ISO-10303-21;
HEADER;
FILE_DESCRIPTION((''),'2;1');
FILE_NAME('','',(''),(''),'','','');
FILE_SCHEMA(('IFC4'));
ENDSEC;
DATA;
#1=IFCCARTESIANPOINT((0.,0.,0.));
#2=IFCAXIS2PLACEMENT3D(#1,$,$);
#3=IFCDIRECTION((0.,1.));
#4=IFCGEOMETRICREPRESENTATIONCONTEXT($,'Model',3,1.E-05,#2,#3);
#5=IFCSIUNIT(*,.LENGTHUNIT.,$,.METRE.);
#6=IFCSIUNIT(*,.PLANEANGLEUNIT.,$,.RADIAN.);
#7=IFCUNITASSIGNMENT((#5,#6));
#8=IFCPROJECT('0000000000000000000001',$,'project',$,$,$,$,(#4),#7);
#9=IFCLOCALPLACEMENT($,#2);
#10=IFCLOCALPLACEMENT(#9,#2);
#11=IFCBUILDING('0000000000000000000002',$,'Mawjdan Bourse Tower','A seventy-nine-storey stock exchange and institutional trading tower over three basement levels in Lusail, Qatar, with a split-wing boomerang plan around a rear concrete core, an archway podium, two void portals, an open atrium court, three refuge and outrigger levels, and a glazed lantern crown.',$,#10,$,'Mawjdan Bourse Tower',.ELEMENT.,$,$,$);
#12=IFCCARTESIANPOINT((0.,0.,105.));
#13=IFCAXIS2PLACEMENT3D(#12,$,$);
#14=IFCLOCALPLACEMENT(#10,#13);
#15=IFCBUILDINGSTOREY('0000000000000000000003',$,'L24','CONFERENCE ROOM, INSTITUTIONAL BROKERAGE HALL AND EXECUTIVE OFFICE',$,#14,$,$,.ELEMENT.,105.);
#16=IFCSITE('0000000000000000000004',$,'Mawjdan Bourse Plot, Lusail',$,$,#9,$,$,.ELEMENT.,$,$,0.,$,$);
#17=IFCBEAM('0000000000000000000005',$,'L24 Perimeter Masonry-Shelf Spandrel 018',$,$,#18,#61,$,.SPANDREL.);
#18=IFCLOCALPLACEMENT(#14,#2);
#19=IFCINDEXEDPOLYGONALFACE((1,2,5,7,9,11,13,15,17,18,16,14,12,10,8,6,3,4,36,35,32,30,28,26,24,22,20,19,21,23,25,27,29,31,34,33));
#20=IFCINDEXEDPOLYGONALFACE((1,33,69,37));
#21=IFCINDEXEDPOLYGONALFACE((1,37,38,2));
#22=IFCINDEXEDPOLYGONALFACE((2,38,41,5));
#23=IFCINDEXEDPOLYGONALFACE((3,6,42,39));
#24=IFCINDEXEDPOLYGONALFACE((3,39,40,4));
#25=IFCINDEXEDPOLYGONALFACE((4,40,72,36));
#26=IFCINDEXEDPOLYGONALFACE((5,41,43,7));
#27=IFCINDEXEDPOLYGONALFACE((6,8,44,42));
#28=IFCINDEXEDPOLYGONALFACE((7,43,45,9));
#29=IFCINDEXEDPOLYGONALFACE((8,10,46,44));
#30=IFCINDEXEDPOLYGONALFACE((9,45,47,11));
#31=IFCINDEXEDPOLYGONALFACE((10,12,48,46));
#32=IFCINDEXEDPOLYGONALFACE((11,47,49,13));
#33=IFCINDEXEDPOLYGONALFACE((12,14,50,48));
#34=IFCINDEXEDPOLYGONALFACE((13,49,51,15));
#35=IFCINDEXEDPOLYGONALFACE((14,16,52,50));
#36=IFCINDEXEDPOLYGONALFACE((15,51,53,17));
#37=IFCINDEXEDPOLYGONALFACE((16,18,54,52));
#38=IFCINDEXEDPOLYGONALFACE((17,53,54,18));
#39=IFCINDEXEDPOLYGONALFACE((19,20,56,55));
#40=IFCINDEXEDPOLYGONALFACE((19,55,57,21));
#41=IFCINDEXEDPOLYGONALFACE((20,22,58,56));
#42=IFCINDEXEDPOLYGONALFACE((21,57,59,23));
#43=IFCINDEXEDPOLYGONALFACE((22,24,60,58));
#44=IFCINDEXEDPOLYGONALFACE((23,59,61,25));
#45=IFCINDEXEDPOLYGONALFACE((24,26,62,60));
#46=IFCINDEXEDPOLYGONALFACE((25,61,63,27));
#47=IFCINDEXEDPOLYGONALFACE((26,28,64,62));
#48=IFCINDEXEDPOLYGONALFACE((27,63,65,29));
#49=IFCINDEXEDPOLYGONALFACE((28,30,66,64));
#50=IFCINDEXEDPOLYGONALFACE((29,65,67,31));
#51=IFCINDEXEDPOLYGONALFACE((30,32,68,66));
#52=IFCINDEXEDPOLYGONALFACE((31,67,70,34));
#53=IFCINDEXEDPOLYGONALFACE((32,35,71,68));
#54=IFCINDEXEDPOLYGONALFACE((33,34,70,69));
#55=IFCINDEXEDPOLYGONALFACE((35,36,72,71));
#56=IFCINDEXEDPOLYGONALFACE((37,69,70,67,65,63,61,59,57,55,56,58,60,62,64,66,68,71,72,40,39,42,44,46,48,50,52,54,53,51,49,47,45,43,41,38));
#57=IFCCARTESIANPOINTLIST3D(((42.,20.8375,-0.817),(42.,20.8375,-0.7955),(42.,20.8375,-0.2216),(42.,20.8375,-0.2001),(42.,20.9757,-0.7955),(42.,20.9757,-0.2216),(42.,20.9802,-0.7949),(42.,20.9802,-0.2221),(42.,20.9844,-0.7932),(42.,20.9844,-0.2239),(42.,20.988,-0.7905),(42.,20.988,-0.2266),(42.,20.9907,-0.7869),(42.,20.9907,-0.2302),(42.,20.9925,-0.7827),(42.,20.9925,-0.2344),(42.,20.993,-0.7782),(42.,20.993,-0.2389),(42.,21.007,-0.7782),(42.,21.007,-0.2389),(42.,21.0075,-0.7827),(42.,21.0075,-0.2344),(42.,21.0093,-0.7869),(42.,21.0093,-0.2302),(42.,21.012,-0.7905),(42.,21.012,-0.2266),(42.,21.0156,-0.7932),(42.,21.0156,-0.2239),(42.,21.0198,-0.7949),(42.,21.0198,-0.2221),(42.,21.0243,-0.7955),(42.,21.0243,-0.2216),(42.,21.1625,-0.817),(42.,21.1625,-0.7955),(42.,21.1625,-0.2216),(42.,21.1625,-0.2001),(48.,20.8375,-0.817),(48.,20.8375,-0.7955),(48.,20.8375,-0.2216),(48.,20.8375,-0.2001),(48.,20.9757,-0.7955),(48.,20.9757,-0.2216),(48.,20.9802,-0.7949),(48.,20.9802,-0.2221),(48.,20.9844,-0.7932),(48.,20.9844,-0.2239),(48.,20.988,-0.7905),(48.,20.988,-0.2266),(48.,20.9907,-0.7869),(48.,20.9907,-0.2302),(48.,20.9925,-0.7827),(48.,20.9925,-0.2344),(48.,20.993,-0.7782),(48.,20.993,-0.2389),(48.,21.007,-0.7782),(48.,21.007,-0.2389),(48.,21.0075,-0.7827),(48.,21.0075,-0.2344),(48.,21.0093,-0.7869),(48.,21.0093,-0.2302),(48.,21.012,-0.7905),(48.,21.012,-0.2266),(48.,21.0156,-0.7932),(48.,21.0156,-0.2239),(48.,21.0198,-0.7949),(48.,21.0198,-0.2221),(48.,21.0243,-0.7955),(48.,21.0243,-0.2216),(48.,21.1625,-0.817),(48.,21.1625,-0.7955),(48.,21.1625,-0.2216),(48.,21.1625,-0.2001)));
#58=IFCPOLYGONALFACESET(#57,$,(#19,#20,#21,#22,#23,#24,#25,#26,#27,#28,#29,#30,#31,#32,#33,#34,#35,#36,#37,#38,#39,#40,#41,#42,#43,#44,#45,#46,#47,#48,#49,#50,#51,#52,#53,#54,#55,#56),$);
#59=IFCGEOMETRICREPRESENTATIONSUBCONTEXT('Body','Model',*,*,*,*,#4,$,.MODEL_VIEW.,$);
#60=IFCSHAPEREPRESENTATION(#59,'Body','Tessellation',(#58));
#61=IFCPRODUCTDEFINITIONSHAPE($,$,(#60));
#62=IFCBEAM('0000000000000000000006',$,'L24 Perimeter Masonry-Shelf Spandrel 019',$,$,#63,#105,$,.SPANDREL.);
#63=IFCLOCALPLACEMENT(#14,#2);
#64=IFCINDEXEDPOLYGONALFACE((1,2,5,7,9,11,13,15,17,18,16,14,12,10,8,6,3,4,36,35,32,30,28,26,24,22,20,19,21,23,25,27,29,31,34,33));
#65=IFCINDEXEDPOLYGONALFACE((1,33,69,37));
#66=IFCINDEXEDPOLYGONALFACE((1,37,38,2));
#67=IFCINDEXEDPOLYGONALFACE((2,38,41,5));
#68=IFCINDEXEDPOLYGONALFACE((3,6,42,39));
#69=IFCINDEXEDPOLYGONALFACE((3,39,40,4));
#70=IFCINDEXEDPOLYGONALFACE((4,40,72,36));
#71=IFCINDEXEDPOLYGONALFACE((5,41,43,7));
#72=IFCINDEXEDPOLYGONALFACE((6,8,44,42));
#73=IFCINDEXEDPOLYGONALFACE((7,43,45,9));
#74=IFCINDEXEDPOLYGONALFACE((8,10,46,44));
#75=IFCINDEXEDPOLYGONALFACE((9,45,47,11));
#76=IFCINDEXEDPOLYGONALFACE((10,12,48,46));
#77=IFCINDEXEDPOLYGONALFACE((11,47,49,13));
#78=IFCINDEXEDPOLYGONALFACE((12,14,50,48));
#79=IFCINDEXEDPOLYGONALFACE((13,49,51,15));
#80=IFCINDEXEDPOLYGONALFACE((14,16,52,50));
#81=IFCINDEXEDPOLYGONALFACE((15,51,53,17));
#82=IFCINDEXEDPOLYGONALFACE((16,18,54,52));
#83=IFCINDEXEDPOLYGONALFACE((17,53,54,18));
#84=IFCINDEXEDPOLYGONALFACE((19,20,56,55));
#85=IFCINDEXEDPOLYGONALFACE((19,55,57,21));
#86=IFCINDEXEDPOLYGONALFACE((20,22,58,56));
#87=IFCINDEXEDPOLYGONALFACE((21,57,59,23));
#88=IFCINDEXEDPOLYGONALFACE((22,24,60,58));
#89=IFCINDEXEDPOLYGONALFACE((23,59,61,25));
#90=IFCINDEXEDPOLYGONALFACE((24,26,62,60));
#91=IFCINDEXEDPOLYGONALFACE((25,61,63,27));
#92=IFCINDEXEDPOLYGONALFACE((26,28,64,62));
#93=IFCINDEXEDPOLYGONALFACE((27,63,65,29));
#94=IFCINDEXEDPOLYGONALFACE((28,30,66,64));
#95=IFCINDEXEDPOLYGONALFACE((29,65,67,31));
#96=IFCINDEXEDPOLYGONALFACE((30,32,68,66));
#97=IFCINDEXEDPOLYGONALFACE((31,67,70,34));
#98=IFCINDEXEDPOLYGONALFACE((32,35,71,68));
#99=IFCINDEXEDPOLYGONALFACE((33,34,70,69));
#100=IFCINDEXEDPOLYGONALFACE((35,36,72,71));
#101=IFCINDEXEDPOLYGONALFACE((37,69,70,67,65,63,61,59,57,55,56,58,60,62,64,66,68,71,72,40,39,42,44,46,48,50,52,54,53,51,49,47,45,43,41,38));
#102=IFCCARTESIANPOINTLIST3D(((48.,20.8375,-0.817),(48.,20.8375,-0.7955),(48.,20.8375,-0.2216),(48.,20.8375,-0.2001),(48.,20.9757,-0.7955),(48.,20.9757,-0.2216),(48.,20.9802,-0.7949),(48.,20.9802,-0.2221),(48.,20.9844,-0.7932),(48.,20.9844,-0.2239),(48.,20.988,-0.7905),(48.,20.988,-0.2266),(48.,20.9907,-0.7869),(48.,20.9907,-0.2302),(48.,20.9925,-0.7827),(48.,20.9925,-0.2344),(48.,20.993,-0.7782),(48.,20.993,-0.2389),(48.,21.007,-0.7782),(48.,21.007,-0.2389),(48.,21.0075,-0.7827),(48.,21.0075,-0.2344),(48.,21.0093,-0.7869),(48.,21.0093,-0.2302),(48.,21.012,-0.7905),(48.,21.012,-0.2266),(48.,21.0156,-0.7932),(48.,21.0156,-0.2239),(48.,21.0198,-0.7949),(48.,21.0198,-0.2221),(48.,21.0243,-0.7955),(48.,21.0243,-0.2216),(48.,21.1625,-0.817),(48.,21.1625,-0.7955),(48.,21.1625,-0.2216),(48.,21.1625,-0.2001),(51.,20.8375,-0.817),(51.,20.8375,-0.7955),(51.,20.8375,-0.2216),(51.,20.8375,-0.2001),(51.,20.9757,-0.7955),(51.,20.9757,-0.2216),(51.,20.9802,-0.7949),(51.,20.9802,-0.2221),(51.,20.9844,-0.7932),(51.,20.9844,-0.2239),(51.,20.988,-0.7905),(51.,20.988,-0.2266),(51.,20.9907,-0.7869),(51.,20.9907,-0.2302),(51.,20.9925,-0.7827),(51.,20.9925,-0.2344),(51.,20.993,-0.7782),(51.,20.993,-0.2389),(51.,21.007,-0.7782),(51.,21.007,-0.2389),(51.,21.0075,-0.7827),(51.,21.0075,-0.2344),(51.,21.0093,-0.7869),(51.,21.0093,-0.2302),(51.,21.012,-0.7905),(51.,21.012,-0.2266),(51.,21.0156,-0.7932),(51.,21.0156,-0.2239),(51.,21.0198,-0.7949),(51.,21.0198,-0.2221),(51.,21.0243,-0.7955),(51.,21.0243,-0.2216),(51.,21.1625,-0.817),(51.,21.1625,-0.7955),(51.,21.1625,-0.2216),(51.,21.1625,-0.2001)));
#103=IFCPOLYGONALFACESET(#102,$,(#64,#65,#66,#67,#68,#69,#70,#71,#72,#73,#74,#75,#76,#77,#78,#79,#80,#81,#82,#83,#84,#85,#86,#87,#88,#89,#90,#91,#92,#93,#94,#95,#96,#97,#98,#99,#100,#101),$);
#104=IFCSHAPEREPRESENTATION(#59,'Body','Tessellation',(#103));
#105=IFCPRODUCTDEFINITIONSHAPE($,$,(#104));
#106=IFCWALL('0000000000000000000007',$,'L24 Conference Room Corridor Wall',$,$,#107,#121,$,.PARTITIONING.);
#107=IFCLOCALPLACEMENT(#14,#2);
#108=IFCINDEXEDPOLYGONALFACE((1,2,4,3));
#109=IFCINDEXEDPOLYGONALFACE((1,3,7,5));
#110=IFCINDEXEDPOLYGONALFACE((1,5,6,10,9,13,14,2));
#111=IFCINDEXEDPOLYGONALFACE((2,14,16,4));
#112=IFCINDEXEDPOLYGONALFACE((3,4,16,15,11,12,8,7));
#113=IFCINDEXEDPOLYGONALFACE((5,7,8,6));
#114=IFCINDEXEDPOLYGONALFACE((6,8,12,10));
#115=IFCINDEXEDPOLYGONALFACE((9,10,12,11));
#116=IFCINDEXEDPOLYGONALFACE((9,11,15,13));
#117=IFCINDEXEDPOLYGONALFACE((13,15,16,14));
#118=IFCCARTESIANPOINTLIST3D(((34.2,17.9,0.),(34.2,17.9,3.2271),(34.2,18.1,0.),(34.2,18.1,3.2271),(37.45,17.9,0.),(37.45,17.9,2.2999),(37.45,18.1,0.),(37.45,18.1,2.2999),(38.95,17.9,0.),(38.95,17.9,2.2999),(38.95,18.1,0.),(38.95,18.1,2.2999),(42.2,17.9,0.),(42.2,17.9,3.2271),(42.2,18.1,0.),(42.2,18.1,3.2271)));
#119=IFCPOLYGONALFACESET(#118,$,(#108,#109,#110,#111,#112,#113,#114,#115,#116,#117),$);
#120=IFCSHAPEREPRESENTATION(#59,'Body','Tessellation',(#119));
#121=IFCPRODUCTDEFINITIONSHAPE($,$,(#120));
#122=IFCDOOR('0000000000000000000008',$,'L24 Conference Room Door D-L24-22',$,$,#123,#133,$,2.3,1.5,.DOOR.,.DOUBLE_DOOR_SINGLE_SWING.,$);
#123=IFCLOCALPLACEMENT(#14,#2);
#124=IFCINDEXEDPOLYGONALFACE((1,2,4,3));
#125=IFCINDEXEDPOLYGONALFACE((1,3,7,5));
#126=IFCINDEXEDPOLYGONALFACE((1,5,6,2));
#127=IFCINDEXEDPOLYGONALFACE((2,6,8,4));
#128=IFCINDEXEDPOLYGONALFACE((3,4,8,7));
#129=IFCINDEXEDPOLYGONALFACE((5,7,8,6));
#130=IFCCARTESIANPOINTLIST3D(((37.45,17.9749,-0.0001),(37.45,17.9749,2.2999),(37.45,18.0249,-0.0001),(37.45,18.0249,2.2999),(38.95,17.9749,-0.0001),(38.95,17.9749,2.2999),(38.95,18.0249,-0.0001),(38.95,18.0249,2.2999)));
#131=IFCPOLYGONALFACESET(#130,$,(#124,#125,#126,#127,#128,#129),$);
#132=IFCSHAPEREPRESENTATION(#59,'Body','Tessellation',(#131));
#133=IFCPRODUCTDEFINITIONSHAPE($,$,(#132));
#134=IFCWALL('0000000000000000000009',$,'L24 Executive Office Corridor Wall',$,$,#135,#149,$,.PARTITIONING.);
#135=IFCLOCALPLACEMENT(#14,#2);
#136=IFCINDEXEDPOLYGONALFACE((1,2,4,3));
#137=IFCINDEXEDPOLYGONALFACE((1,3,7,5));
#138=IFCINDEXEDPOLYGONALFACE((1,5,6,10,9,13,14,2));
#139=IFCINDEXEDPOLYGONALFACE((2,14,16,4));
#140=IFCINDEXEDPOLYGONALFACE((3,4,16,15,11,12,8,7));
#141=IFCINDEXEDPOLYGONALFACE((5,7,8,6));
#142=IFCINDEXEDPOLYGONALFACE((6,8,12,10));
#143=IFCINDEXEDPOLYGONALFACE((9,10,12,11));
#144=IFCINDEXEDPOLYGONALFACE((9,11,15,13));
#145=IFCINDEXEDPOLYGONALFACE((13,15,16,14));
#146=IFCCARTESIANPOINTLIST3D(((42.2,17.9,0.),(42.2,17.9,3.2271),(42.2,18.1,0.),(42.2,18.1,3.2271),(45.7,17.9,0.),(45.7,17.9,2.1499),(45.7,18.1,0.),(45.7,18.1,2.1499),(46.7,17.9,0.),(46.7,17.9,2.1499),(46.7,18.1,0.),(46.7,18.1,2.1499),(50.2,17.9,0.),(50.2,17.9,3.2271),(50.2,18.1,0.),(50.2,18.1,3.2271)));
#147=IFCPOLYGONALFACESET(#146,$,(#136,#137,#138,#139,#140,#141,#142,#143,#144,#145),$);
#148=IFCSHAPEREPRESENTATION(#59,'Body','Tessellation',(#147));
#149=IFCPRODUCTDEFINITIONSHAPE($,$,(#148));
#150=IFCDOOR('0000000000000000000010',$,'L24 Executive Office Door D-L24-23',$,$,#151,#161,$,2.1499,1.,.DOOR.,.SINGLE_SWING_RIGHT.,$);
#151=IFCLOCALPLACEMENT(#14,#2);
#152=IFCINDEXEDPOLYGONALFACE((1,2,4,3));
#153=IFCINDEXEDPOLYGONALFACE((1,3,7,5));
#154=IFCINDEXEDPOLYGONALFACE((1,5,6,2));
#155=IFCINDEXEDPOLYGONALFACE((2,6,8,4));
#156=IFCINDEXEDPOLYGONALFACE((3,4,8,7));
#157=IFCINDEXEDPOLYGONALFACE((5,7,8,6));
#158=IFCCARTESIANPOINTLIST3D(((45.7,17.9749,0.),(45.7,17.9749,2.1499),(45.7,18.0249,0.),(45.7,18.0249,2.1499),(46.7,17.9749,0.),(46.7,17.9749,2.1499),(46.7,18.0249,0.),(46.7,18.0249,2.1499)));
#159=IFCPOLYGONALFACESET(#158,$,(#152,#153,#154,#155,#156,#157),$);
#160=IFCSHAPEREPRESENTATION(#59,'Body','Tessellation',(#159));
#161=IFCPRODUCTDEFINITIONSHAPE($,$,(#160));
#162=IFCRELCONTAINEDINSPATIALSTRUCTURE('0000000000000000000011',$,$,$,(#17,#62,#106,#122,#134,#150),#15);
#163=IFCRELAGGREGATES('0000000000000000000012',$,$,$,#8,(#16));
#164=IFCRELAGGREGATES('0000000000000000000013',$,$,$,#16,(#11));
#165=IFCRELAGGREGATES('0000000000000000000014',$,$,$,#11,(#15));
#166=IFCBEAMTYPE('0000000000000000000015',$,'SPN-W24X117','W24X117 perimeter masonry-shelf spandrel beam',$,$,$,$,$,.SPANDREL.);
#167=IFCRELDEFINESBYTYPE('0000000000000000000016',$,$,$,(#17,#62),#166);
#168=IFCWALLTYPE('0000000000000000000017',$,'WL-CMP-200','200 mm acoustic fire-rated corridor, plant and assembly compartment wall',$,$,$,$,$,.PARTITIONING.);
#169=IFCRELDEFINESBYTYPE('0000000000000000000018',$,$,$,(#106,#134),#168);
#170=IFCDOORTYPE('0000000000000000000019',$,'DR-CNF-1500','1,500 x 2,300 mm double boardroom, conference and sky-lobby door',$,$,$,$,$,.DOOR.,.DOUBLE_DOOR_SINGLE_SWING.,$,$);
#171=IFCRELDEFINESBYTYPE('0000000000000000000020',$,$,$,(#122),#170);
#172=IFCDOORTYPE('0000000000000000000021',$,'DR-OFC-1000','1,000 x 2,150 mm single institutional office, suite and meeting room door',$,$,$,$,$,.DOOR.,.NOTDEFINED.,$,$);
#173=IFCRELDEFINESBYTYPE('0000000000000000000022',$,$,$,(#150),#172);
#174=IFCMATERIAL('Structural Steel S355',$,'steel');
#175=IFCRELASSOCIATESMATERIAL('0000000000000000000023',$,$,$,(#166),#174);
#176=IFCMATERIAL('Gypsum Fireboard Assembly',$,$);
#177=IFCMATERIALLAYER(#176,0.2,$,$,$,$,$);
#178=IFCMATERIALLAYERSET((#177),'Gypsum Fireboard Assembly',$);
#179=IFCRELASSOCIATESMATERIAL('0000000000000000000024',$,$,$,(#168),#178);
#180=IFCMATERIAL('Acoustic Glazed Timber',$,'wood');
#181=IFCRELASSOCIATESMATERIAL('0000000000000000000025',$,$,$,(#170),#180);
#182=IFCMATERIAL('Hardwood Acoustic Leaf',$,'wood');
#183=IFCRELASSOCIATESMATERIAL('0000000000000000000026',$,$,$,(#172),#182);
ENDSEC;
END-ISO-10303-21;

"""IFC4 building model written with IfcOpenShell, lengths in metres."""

from ifc_helpers import new_model, si_unit, direction, frame, frame_2d, origin, origin_2d, place, context, subcontext, project, spatial, rectangle, i_section, extrude, material, layer, layer_set, material_profile, profile_set, type_object, element, fill, save


model = new_model("IFC4")

# Units and contexts
model_context = context("Model", 3, precision=1e-05, world=origin(), true_north=direction((0.0, 1.0)))
body_context = subcontext(model_context, "Body", "Model", "MODEL_VIEW")
ifc_project = project(units=[si_unit("LENGTHUNIT", "METRE"), si_unit("PLANEANGLEUNIT", "RADIAN")], contexts=[model_context])

# Site, building, storey
site_placement = place(None, origin())
site = spatial("IfcSite", under=ifc_project, at=site_placement, Name="Mawjdan Bourse Plot, Lusail", CompositionType="ELEMENT", RefElevation=0.0)
building_placement = place(site_placement, origin())
building = spatial("IfcBuilding", under=site, at=building_placement, Name="Mawjdan Bourse Tower", Description="A seventy-nine-storey stock exchange and institutional trading tower over three basement levels in Lusail, Qatar, with a split-wing boomerang plan around a rear concrete core, an archway podium, two void portals, an open atrium court, three refuge and outrigger levels, and a glazed lantern crown.", LongName="Mawjdan Bourse Tower", CompositionType="ELEMENT")
storey_placement = place(building_placement, frame((0.0, 0.0, 105.0)))
storey = spatial("IfcBuildingStorey", under=building, at=storey_placement, Name="L24", Description="CONFERENCE ROOM, INSTITUTIONAL BROKERAGE HALL AND EXECUTIVE OFFICE", CompositionType="ELEMENT", Elevation=105.0)

# Beams
ifc_material_1 = material(Name="Structural Steel S355", Category="steel")
ifc_material_profile_1 = material_profile(ifc_material_1, i_section(OverallWidth=0.325, OverallDepth=0.6169, WebThickness=0.0139, FlangeThickness=0.0215, FilletRadius=0.0173, at=origin_2d()), Name="W24X117")
ifc_profile_set_1 = profile_set([ifc_material_profile_1], Name="Structural Steel S355")
beam_type_1 = type_object("IfcBeamType", Name="SPN-W24X117", Description="W24X117 perimeter masonry-shelf spandrel beam", PredefinedType="SPANDREL", material=ifc_profile_set_1)
beam_1_placement = place(storey_placement, frame((42.0, 21.0, -0.5085), z_axis=(1.0, 0.0, 0.0), x_axis=(0.0, 1.0, 0.0)))
element("IfcBeam", 1, at=beam_1_placement, inside=storey, type_object=beam_type_1, Name="L24 Perimeter Masonry-Shelf Spandrel 018", PredefinedType="SPANDREL", context=body_context, shape_type="SweptSolid", body=[
    extrude(i_section(OverallWidth=0.325, OverallDepth=0.6169, WebThickness=0.0139, FlangeThickness=0.0215, FilletRadius=0.0173, at=origin_2d()), origin(), (0.0, 0.0, 1.0), 6.0),
])
beam_2_placement = place(storey_placement, frame((48.0, 21.0, -0.5085), z_axis=(1.0, 0.0, 0.0), x_axis=(0.0, 1.0, 0.0)))
element("IfcBeam", 2, at=beam_2_placement, inside=storey, type_object=beam_type_1, Name="L24 Perimeter Masonry-Shelf Spandrel 019", PredefinedType="SPANDREL", context=body_context, shape_type="SweptSolid", body=[
    extrude(i_section(OverallWidth=0.325, OverallDepth=0.6169, WebThickness=0.0139, FlangeThickness=0.0215, FilletRadius=0.0173, at=origin_2d()), origin(), (0.0, 0.0, 1.0), 3.0),
])

# Walls, openings, doors
ifc_material_2 = material(Name="Gypsum Fireboard Assembly")
ifc_layer = layer(ifc_material_2, 0.2)
ifc_layer_set = layer_set([ifc_layer], Name="Gypsum Fireboard Assembly")
wall_type = type_object("IfcWallType", Name="WL-CMP-200", Description="200 mm acoustic fire-rated corridor, plant and assembly compartment wall", PredefinedType="PARTITIONING", material=ifc_layer_set)
wall_1_placement = place(storey_placement, frame((34.2, 18.0, 0.0), z_axis=(0.0, 0.0, 1.0), x_axis=(1.0, 0.0, 0.0)))
wall_1 = element("IfcWall", 3, at=wall_1_placement, inside=storey, type_object=wall_type, Name="L24 Conference Room Corridor Wall", PredefinedType="PARTITIONING", context=body_context, shape_type="SweptSolid", body=[
    extrude(rectangle(XDim=8.0, YDim=0.2, at=frame_2d((4.0, 0.0))), origin(), (0.0, 0.0, 1.0), 3.2271),
])
opening_1_placement = place(wall_1_placement, frame((3.25, 0.0, 0.0)))
opening_1 = element("IfcOpeningElement", 4, at=opening_1_placement, cuts=wall_1, PredefinedType="OPENING", context=body_context, shape_type="SweptSolid", body=[
    extrude(rectangle(XDim=1.5, YDim=2.3, at=frame_2d((0.75, 1.1499))), frame((0.0, 0.1099, 0.0), z_axis=(0.0, -1.0, 0.0), x_axis=(1.0, 0.0, 0.0)), (0.0, 0.0, 1.0), 0.22),
])
ifc_material_3 = material(Name="Acoustic Glazed Timber", Category="wood")
door_type_1 = type_object("IfcDoorType", Name="DR-CNF-1500", Description="1,500 x 2,300 mm double boardroom, conference and sky-lobby door", OperationType="DOUBLE_DOOR_SINGLE_SWING", PredefinedType="DOOR", material=ifc_material_3)
door_1_placement = place(opening_1_placement, origin())
door_1 = element("IfcDoor", 5, at=door_1_placement, inside=storey, type_object=door_type_1, Name="L24 Conference Room Door D-L24-22", OperationType="DOUBLE_DOOR_SINGLE_SWING", OverallHeight=2.3, OverallWidth=1.5, PredefinedType="DOOR", context=body_context, shape_type="SweptSolid", body=[
    extrude(rectangle(XDim=1.5, YDim=2.3, at=frame_2d((0.75, 1.1499))), frame((0.0, 0.0249, 0.0), z_axis=(0.0, -1.0, 0.0), x_axis=(1.0, 0.0, 0.0)), (0.0, 0.0, 1.0), 0.05),
])
fill(opening_1, door_1)
wall_2_placement = place(storey_placement, frame((42.2, 18.0, 0.0), z_axis=(0.0, 0.0, 1.0), x_axis=(1.0, 0.0, 0.0)))
wall_2 = element("IfcWall", 6, at=wall_2_placement, inside=storey, type_object=wall_type, Name="L24 Executive Office Corridor Wall", PredefinedType="PARTITIONING", context=body_context, shape_type="SweptSolid", body=[
    extrude(rectangle(XDim=8.0, YDim=0.2, at=frame_2d((4.0, 0.0))), origin(), (0.0, 0.0, 1.0), 3.2271),
])
opening_2_placement = place(wall_2_placement, frame((3.5, 0.0, 0.0)))
opening_2 = element("IfcOpeningElement", 7, at=opening_2_placement, cuts=wall_2, PredefinedType="OPENING", context=body_context, shape_type="SweptSolid", body=[
    extrude(rectangle(XDim=1.0, YDim=2.1499, at=frame_2d((0.5, 1.075))), frame((0.0, 0.1099, 0.0), z_axis=(0.0, -1.0, 0.0), x_axis=(1.0, 0.0, 0.0)), (0.0, 0.0, 1.0), 0.22),
])
ifc_material_4 = material(Name="Hardwood Acoustic Leaf", Category="wood")
door_type_2 = type_object("IfcDoorType", Name="DR-OFC-1000", Description="1,000 x 2,150 mm single institutional office, suite and meeting room door", OperationType="NOTDEFINED", PredefinedType="DOOR", material=ifc_material_4)
door_2_placement = place(opening_2_placement, origin())
door_2 = element("IfcDoor", 8, at=door_2_placement, inside=storey, type_object=door_type_2, Name="L24 Executive Office Door D-L24-23", OperationType="SINGLE_SWING_RIGHT", OverallHeight=2.1499, OverallWidth=1.0, PredefinedType="DOOR", context=body_context, shape_type="SweptSolid", body=[
    extrude(rectangle(XDim=1.0, YDim=2.1499, at=frame_2d((0.5, 1.075))), frame((0.0, 0.0249, 0.0), z_axis=(0.0, -1.0, 0.0), x_axis=(1.0, 0.0, 0.0)), (0.0, 0.0, 1.0), 0.05),
])
fill(opening_2, door_2)

save(model, "model.ifc")
